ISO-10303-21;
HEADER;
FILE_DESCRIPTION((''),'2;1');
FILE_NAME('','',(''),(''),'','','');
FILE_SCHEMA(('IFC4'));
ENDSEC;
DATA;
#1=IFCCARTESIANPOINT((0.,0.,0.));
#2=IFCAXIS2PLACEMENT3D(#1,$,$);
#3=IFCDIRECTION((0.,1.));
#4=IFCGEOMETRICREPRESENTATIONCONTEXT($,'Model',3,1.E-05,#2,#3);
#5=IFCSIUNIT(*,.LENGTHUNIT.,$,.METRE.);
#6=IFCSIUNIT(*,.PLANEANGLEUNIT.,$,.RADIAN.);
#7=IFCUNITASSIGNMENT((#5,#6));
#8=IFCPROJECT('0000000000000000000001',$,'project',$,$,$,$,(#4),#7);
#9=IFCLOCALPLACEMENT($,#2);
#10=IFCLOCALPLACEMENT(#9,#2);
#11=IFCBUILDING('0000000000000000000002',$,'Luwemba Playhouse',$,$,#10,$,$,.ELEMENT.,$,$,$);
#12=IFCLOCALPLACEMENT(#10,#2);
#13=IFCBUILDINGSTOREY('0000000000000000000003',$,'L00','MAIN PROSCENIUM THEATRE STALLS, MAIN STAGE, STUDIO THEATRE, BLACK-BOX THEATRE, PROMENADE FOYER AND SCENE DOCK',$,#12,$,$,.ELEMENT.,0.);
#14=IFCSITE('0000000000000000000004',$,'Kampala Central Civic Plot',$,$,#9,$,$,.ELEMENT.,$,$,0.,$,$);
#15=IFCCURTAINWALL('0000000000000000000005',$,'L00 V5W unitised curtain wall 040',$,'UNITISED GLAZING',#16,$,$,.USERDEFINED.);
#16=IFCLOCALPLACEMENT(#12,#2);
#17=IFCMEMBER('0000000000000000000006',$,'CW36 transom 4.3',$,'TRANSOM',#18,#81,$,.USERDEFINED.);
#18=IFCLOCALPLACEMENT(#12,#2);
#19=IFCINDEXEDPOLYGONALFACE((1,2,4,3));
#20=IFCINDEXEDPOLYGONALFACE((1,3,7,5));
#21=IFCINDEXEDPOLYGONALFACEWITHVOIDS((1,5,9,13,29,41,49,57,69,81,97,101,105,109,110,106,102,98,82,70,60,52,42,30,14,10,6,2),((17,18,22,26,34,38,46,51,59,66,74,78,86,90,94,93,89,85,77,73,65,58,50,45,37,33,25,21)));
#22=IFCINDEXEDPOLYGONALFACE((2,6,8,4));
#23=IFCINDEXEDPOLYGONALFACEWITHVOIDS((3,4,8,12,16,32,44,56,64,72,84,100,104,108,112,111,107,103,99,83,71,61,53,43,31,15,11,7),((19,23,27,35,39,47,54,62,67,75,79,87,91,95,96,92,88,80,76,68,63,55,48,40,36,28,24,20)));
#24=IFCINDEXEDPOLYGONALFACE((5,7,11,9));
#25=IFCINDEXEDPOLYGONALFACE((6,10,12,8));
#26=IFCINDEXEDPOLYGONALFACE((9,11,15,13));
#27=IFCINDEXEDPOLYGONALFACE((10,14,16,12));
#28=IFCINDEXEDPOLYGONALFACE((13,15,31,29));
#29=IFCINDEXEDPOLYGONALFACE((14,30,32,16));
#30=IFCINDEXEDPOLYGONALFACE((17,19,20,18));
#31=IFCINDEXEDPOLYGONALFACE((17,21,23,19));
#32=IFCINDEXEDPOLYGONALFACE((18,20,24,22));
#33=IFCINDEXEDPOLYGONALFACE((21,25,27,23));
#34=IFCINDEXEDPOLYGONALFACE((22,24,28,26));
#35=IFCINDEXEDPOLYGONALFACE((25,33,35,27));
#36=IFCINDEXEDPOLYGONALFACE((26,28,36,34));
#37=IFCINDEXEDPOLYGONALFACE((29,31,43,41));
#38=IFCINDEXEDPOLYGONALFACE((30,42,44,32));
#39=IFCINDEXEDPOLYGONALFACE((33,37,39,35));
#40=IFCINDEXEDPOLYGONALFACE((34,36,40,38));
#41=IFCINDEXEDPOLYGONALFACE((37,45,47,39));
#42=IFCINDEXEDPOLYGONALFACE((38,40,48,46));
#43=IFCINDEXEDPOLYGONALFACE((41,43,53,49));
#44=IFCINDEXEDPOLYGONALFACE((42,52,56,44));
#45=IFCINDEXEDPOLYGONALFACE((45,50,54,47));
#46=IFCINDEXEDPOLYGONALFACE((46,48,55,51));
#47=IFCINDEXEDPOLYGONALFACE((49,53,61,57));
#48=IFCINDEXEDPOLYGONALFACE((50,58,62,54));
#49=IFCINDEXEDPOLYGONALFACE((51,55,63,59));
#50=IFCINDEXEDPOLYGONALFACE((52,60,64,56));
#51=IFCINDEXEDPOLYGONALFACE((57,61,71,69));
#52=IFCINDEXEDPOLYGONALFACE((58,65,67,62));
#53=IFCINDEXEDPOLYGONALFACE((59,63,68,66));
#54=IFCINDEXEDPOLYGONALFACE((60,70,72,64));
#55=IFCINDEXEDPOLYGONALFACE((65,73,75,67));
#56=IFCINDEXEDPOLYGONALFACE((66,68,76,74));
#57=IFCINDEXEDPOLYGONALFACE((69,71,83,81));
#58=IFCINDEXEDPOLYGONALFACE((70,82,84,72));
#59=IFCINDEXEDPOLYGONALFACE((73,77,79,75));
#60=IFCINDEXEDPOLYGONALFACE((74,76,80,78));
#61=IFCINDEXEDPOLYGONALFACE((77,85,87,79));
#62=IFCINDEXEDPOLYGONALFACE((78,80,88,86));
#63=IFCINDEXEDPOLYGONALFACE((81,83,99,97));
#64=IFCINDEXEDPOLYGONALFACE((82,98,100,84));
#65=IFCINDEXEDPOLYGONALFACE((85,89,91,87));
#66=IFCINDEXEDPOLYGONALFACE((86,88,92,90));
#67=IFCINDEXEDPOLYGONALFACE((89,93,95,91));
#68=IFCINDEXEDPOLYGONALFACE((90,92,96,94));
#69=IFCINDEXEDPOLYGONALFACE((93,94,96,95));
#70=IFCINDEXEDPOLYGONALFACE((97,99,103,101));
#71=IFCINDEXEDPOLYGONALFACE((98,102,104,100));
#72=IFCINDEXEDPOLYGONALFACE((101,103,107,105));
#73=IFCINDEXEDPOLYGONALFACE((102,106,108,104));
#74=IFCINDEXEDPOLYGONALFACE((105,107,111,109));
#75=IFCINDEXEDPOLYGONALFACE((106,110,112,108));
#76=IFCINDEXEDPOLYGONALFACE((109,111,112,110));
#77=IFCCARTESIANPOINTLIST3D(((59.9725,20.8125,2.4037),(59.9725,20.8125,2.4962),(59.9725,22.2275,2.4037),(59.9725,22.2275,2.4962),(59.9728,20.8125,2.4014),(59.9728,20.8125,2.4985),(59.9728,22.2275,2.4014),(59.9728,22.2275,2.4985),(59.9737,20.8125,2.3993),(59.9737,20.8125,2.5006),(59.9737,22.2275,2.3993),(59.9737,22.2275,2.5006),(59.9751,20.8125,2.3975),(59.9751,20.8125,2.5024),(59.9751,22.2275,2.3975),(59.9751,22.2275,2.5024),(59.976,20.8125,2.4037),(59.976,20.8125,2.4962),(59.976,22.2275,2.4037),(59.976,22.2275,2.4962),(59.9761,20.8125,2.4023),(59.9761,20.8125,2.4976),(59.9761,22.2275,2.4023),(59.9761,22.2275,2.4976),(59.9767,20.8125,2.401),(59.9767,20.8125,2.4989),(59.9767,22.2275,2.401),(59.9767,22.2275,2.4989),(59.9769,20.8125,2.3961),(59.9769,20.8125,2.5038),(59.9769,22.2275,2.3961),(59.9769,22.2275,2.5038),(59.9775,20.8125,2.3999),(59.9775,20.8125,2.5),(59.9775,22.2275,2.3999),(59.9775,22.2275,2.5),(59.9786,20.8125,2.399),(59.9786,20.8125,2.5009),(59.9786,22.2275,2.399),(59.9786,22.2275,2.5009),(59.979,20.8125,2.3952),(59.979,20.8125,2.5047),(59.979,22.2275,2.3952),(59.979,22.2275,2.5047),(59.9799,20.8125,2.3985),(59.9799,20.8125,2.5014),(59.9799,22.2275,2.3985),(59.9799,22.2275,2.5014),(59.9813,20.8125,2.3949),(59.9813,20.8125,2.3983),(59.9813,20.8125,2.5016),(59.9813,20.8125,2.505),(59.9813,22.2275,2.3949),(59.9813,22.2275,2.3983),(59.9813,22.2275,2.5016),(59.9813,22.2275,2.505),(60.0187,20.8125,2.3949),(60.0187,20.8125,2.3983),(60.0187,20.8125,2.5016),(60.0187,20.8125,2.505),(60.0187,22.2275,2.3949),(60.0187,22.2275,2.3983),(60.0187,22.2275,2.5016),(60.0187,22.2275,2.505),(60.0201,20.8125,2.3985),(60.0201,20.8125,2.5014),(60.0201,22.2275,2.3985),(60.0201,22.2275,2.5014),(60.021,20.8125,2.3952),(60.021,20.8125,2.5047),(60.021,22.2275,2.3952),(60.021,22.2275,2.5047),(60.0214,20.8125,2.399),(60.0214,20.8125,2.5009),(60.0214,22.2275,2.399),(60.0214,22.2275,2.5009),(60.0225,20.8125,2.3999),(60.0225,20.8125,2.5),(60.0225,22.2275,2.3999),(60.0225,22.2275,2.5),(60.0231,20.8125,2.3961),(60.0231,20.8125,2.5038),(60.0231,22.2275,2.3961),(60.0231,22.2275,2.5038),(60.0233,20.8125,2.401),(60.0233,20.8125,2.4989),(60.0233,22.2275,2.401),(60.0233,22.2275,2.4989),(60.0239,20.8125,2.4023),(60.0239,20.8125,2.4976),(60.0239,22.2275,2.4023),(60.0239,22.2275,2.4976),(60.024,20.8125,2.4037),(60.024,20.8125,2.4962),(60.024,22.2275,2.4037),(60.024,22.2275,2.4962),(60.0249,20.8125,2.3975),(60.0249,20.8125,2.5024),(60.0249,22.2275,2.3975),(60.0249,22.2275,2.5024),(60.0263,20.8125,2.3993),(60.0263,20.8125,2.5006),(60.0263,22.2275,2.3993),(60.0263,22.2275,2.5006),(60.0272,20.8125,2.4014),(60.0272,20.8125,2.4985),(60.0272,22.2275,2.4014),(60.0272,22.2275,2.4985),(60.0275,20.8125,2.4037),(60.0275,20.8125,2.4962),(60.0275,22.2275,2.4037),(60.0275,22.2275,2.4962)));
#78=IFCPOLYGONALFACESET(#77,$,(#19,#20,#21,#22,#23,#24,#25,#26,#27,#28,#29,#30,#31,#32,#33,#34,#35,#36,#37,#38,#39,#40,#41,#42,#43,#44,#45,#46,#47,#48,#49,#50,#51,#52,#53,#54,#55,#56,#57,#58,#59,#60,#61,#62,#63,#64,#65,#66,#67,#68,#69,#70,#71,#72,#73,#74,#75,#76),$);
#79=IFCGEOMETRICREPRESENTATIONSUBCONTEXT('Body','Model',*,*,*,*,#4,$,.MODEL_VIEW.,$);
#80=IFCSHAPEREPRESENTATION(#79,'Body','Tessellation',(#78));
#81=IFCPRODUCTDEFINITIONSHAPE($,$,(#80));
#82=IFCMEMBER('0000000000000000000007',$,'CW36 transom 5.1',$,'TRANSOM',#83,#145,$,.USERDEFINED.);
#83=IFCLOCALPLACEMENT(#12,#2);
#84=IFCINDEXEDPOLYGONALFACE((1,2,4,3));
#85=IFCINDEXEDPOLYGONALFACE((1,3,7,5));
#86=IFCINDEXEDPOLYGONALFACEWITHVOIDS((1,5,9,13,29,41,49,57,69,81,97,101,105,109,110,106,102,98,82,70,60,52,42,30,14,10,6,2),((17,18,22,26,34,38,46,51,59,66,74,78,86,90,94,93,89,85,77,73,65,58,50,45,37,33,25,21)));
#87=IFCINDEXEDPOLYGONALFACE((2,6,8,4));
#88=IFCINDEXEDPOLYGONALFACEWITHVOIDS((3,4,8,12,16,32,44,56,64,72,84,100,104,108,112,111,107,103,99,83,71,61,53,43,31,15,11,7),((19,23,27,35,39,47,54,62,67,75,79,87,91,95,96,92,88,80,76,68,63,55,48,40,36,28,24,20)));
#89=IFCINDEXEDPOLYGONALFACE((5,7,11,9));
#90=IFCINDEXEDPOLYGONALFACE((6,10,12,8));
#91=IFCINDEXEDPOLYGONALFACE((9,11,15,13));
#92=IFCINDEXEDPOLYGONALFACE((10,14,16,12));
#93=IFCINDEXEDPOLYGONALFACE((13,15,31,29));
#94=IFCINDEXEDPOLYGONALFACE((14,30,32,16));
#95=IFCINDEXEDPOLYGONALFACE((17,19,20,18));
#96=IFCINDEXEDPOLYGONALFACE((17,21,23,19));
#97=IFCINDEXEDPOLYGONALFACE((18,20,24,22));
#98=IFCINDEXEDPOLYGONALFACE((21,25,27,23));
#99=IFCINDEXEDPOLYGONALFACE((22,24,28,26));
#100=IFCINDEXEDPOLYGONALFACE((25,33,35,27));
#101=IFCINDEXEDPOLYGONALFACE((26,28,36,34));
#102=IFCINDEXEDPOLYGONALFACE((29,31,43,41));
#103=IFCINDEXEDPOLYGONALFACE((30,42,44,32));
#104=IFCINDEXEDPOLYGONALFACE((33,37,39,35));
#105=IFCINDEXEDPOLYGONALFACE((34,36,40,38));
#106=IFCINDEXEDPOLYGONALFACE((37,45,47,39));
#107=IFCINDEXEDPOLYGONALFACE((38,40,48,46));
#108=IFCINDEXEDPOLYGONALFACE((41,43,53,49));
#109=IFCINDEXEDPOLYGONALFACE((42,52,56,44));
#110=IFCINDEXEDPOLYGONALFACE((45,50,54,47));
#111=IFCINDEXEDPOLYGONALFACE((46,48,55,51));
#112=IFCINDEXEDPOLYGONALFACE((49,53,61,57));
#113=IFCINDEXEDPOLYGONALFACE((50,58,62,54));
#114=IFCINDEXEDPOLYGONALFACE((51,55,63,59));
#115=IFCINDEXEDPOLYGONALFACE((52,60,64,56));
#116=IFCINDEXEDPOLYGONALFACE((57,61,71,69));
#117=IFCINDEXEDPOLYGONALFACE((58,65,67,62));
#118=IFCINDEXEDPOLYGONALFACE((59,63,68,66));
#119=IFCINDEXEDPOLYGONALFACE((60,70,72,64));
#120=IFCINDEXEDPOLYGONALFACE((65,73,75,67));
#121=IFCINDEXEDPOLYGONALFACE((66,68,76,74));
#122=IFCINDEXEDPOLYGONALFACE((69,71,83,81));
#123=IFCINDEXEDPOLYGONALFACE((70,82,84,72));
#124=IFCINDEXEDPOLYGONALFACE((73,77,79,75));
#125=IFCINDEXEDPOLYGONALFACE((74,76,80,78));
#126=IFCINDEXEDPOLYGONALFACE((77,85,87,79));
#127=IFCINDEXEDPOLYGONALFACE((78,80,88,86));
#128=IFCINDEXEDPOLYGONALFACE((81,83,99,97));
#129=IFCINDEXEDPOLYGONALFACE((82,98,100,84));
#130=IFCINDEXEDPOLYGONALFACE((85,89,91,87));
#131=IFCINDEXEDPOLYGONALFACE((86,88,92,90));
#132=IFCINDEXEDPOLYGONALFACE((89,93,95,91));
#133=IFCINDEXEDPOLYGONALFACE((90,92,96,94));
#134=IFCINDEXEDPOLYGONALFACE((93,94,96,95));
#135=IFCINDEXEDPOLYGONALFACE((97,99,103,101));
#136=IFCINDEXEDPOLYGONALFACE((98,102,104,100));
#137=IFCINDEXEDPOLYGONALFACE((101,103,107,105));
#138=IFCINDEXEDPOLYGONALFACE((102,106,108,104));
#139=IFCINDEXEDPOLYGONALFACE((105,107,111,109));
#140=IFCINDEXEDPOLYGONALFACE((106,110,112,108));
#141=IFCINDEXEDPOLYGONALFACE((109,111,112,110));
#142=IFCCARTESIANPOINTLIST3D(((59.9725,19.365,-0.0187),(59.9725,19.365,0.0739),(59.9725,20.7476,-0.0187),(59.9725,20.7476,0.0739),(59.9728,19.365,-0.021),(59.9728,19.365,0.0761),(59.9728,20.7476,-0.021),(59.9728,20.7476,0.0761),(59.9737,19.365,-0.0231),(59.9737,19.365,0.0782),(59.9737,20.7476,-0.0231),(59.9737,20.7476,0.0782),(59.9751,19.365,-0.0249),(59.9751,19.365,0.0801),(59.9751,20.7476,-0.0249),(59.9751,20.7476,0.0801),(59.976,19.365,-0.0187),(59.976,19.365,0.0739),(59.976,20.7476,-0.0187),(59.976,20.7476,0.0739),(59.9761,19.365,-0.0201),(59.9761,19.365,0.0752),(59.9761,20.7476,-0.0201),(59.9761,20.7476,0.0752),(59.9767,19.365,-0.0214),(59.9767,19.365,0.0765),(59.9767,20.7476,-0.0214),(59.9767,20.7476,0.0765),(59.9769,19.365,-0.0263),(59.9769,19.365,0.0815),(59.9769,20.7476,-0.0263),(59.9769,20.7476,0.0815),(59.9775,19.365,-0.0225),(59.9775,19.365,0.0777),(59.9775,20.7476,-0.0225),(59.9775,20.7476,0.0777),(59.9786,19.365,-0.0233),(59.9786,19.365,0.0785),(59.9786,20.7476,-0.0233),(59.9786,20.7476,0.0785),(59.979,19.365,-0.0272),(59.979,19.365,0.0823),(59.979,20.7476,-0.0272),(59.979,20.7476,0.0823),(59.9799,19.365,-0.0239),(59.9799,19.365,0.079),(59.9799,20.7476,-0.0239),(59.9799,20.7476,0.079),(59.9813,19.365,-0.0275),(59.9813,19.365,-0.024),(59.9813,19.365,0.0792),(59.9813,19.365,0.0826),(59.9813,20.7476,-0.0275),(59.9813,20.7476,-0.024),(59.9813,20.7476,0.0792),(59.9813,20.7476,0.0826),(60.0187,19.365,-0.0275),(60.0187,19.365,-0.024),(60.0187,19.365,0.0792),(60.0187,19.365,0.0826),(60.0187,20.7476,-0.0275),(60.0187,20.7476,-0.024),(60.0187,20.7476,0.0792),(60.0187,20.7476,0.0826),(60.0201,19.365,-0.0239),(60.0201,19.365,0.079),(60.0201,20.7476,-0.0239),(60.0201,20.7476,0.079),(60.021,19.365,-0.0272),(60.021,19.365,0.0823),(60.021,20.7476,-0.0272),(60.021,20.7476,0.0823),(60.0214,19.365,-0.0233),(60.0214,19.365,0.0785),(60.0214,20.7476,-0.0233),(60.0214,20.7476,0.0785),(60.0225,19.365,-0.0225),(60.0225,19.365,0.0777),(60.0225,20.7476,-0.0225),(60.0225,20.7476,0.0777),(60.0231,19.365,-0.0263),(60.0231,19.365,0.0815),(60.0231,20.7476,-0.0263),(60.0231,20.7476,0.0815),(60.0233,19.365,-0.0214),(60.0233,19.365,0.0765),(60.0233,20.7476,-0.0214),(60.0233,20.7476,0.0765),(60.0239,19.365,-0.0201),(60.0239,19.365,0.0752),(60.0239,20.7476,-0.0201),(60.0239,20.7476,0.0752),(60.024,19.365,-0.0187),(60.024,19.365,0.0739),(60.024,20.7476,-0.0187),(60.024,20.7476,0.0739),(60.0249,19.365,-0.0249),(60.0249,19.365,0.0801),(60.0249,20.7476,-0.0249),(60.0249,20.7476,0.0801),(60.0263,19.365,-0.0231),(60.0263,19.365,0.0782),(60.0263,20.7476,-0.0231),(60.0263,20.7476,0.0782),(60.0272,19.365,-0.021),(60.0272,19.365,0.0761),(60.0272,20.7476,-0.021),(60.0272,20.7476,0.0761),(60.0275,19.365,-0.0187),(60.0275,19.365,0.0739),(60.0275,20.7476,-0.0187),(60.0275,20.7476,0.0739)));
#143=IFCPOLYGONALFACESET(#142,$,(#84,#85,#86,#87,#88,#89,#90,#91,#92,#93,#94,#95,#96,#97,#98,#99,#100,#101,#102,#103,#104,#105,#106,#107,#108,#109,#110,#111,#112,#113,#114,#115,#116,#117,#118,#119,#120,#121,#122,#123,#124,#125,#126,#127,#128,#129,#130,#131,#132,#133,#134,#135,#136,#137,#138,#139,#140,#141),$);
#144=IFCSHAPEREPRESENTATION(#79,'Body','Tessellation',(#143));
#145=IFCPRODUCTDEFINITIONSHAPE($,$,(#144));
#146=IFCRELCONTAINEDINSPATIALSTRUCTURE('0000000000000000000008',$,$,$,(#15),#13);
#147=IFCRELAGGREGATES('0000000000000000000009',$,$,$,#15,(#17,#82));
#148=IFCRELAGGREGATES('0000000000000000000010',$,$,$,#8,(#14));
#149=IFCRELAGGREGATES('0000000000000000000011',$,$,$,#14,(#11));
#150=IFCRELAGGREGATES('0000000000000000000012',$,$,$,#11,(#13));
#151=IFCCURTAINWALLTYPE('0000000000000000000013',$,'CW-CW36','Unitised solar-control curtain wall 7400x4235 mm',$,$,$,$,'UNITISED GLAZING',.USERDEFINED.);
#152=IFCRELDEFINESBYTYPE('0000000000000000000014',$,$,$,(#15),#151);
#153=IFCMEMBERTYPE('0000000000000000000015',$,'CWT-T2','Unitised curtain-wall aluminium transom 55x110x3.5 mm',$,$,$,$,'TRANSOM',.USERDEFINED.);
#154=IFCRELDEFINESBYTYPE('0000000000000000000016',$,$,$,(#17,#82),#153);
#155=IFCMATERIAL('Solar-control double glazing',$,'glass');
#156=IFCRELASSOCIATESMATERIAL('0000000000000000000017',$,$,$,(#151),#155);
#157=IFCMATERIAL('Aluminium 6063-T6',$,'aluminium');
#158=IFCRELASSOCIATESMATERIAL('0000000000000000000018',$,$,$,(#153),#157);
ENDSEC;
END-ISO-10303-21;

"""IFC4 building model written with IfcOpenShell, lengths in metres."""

from ifc_helpers import new_model, si_unit, direction, frame, origin, origin_2d, place, context, subcontext, project, spatial, hollow_rectangle, extrude, material, material_profile, profile_set, type_object, element, aggregate, save


model = new_model("IFC4")

# Units and contexts
model_context = context("Model", 3, precision=1e-05, world=origin(), true_north=direction((0.0, 1.0)))
body_context = subcontext(model_context, "Body", "Model", "MODEL_VIEW")
ifc_project = project(units=[si_unit("LENGTHUNIT", "METRE"), si_unit("PLANEANGLEUNIT", "RADIAN")], contexts=[model_context])

# Site, building, storey
site_placement = place(None, origin())
site = spatial("IfcSite", under=ifc_project, at=site_placement, Name="Kampala Central Civic Plot", CompositionType="ELEMENT", RefElevation=0.0)
building_placement = place(site_placement, origin())
building = spatial("IfcBuilding", under=site, at=building_placement, Name="Luwemba Playhouse", CompositionType="ELEMENT")
storey_placement = place(building_placement, origin())
storey = spatial("IfcBuildingStorey", under=building, at=storey_placement, Name="L00", Description="MAIN PROSCENIUM THEATRE STALLS, MAIN STAGE, STUDIO THEATRE, BLACK-BOX THEATRE, PROMENADE FOYER AND SCENE DOCK", CompositionType="ELEMENT", Elevation=0.0)

# Curtain wall
ifc_material_1 = material(Name="Solar-control double glazing", Category="glass")
curtain_wall_type_1 = type_object("IfcCurtainWallType", Name="CW-CW36", Description="Unitised solar-control curtain wall 7400x4235 mm", ElementType="UNITISED GLAZING", PredefinedType="USERDEFINED", material=ifc_material_1)
curtain_wall_1_placement = place(storey_placement, origin())
curtain_wall_1 = element("IfcCurtainWall", 1, at=curtain_wall_1_placement, inside=storey, type_object=curtain_wall_type_1, Name="L00 V5W unitised curtain wall 040", ObjectType="UNITISED GLAZING", PredefinedType="USERDEFINED")
ifc_material_2 = material(Name="Aluminium 6063-T6", Category="aluminium")

# Members
ifc_material_profile_1 = material_profile(ifc_material_2, hollow_rectangle(XDim=0.0549, YDim=0.1101, WallThickness=0.0034, InnerFilletRadius=0.0054, OuterFilletRadius=0.0088, at=origin_2d()))
ifc_profile_set_1 = profile_set([ifc_material_profile_1], Name="Aluminium 6063-T6")
member_type_1 = type_object("IfcMemberType", Name="CWT-T2", Description="Unitised curtain-wall aluminium transom 55x110x3.5 mm", ElementType="TRANSOM", PredefinedType="USERDEFINED", material=ifc_profile_set_1)
member_1_placement = place(storey_placement, frame((60.0, 22.2275, 2.45), z_axis=(0.0, -1.0, 0.0), x_axis=(1.0, 0.0, 0.0)))
member_1 = element("IfcMember", 2, at=member_1_placement, type_object=member_type_1, Name="CW36 transom 4.3", ObjectType="TRANSOM", PredefinedType="USERDEFINED", context=body_context, shape_type="SweptSolid", body=[
    extrude(hollow_rectangle(XDim=0.0549, YDim=0.1101, WallThickness=0.0034, InnerFilletRadius=0.0054, OuterFilletRadius=0.0088, at=origin_2d()), origin(), (0.0, 0.0, 1.0), 1.415),
])
member_2_placement = place(storey_placement, frame((60.0, 20.7476, 0.0276), z_axis=(0.0, -1.0, 0.0), x_axis=(1.0, 0.0, 0.0)))
member_2 = element("IfcMember", 3, at=member_2_placement, type_object=member_type_1, Name="CW36 transom 5.1", ObjectType="TRANSOM", PredefinedType="USERDEFINED", context=body_context, shape_type="SweptSolid", body=[
    extrude(hollow_rectangle(XDim=0.0549, YDim=0.1101, WallThickness=0.0034, InnerFilletRadius=0.0054, OuterFilletRadius=0.0088, at=origin_2d()), origin(), (0.0, 0.0, 1.0), 1.3826),
])

aggregate(curtain_wall_1, [member_1, member_2])

save(model, "model.ifc")
